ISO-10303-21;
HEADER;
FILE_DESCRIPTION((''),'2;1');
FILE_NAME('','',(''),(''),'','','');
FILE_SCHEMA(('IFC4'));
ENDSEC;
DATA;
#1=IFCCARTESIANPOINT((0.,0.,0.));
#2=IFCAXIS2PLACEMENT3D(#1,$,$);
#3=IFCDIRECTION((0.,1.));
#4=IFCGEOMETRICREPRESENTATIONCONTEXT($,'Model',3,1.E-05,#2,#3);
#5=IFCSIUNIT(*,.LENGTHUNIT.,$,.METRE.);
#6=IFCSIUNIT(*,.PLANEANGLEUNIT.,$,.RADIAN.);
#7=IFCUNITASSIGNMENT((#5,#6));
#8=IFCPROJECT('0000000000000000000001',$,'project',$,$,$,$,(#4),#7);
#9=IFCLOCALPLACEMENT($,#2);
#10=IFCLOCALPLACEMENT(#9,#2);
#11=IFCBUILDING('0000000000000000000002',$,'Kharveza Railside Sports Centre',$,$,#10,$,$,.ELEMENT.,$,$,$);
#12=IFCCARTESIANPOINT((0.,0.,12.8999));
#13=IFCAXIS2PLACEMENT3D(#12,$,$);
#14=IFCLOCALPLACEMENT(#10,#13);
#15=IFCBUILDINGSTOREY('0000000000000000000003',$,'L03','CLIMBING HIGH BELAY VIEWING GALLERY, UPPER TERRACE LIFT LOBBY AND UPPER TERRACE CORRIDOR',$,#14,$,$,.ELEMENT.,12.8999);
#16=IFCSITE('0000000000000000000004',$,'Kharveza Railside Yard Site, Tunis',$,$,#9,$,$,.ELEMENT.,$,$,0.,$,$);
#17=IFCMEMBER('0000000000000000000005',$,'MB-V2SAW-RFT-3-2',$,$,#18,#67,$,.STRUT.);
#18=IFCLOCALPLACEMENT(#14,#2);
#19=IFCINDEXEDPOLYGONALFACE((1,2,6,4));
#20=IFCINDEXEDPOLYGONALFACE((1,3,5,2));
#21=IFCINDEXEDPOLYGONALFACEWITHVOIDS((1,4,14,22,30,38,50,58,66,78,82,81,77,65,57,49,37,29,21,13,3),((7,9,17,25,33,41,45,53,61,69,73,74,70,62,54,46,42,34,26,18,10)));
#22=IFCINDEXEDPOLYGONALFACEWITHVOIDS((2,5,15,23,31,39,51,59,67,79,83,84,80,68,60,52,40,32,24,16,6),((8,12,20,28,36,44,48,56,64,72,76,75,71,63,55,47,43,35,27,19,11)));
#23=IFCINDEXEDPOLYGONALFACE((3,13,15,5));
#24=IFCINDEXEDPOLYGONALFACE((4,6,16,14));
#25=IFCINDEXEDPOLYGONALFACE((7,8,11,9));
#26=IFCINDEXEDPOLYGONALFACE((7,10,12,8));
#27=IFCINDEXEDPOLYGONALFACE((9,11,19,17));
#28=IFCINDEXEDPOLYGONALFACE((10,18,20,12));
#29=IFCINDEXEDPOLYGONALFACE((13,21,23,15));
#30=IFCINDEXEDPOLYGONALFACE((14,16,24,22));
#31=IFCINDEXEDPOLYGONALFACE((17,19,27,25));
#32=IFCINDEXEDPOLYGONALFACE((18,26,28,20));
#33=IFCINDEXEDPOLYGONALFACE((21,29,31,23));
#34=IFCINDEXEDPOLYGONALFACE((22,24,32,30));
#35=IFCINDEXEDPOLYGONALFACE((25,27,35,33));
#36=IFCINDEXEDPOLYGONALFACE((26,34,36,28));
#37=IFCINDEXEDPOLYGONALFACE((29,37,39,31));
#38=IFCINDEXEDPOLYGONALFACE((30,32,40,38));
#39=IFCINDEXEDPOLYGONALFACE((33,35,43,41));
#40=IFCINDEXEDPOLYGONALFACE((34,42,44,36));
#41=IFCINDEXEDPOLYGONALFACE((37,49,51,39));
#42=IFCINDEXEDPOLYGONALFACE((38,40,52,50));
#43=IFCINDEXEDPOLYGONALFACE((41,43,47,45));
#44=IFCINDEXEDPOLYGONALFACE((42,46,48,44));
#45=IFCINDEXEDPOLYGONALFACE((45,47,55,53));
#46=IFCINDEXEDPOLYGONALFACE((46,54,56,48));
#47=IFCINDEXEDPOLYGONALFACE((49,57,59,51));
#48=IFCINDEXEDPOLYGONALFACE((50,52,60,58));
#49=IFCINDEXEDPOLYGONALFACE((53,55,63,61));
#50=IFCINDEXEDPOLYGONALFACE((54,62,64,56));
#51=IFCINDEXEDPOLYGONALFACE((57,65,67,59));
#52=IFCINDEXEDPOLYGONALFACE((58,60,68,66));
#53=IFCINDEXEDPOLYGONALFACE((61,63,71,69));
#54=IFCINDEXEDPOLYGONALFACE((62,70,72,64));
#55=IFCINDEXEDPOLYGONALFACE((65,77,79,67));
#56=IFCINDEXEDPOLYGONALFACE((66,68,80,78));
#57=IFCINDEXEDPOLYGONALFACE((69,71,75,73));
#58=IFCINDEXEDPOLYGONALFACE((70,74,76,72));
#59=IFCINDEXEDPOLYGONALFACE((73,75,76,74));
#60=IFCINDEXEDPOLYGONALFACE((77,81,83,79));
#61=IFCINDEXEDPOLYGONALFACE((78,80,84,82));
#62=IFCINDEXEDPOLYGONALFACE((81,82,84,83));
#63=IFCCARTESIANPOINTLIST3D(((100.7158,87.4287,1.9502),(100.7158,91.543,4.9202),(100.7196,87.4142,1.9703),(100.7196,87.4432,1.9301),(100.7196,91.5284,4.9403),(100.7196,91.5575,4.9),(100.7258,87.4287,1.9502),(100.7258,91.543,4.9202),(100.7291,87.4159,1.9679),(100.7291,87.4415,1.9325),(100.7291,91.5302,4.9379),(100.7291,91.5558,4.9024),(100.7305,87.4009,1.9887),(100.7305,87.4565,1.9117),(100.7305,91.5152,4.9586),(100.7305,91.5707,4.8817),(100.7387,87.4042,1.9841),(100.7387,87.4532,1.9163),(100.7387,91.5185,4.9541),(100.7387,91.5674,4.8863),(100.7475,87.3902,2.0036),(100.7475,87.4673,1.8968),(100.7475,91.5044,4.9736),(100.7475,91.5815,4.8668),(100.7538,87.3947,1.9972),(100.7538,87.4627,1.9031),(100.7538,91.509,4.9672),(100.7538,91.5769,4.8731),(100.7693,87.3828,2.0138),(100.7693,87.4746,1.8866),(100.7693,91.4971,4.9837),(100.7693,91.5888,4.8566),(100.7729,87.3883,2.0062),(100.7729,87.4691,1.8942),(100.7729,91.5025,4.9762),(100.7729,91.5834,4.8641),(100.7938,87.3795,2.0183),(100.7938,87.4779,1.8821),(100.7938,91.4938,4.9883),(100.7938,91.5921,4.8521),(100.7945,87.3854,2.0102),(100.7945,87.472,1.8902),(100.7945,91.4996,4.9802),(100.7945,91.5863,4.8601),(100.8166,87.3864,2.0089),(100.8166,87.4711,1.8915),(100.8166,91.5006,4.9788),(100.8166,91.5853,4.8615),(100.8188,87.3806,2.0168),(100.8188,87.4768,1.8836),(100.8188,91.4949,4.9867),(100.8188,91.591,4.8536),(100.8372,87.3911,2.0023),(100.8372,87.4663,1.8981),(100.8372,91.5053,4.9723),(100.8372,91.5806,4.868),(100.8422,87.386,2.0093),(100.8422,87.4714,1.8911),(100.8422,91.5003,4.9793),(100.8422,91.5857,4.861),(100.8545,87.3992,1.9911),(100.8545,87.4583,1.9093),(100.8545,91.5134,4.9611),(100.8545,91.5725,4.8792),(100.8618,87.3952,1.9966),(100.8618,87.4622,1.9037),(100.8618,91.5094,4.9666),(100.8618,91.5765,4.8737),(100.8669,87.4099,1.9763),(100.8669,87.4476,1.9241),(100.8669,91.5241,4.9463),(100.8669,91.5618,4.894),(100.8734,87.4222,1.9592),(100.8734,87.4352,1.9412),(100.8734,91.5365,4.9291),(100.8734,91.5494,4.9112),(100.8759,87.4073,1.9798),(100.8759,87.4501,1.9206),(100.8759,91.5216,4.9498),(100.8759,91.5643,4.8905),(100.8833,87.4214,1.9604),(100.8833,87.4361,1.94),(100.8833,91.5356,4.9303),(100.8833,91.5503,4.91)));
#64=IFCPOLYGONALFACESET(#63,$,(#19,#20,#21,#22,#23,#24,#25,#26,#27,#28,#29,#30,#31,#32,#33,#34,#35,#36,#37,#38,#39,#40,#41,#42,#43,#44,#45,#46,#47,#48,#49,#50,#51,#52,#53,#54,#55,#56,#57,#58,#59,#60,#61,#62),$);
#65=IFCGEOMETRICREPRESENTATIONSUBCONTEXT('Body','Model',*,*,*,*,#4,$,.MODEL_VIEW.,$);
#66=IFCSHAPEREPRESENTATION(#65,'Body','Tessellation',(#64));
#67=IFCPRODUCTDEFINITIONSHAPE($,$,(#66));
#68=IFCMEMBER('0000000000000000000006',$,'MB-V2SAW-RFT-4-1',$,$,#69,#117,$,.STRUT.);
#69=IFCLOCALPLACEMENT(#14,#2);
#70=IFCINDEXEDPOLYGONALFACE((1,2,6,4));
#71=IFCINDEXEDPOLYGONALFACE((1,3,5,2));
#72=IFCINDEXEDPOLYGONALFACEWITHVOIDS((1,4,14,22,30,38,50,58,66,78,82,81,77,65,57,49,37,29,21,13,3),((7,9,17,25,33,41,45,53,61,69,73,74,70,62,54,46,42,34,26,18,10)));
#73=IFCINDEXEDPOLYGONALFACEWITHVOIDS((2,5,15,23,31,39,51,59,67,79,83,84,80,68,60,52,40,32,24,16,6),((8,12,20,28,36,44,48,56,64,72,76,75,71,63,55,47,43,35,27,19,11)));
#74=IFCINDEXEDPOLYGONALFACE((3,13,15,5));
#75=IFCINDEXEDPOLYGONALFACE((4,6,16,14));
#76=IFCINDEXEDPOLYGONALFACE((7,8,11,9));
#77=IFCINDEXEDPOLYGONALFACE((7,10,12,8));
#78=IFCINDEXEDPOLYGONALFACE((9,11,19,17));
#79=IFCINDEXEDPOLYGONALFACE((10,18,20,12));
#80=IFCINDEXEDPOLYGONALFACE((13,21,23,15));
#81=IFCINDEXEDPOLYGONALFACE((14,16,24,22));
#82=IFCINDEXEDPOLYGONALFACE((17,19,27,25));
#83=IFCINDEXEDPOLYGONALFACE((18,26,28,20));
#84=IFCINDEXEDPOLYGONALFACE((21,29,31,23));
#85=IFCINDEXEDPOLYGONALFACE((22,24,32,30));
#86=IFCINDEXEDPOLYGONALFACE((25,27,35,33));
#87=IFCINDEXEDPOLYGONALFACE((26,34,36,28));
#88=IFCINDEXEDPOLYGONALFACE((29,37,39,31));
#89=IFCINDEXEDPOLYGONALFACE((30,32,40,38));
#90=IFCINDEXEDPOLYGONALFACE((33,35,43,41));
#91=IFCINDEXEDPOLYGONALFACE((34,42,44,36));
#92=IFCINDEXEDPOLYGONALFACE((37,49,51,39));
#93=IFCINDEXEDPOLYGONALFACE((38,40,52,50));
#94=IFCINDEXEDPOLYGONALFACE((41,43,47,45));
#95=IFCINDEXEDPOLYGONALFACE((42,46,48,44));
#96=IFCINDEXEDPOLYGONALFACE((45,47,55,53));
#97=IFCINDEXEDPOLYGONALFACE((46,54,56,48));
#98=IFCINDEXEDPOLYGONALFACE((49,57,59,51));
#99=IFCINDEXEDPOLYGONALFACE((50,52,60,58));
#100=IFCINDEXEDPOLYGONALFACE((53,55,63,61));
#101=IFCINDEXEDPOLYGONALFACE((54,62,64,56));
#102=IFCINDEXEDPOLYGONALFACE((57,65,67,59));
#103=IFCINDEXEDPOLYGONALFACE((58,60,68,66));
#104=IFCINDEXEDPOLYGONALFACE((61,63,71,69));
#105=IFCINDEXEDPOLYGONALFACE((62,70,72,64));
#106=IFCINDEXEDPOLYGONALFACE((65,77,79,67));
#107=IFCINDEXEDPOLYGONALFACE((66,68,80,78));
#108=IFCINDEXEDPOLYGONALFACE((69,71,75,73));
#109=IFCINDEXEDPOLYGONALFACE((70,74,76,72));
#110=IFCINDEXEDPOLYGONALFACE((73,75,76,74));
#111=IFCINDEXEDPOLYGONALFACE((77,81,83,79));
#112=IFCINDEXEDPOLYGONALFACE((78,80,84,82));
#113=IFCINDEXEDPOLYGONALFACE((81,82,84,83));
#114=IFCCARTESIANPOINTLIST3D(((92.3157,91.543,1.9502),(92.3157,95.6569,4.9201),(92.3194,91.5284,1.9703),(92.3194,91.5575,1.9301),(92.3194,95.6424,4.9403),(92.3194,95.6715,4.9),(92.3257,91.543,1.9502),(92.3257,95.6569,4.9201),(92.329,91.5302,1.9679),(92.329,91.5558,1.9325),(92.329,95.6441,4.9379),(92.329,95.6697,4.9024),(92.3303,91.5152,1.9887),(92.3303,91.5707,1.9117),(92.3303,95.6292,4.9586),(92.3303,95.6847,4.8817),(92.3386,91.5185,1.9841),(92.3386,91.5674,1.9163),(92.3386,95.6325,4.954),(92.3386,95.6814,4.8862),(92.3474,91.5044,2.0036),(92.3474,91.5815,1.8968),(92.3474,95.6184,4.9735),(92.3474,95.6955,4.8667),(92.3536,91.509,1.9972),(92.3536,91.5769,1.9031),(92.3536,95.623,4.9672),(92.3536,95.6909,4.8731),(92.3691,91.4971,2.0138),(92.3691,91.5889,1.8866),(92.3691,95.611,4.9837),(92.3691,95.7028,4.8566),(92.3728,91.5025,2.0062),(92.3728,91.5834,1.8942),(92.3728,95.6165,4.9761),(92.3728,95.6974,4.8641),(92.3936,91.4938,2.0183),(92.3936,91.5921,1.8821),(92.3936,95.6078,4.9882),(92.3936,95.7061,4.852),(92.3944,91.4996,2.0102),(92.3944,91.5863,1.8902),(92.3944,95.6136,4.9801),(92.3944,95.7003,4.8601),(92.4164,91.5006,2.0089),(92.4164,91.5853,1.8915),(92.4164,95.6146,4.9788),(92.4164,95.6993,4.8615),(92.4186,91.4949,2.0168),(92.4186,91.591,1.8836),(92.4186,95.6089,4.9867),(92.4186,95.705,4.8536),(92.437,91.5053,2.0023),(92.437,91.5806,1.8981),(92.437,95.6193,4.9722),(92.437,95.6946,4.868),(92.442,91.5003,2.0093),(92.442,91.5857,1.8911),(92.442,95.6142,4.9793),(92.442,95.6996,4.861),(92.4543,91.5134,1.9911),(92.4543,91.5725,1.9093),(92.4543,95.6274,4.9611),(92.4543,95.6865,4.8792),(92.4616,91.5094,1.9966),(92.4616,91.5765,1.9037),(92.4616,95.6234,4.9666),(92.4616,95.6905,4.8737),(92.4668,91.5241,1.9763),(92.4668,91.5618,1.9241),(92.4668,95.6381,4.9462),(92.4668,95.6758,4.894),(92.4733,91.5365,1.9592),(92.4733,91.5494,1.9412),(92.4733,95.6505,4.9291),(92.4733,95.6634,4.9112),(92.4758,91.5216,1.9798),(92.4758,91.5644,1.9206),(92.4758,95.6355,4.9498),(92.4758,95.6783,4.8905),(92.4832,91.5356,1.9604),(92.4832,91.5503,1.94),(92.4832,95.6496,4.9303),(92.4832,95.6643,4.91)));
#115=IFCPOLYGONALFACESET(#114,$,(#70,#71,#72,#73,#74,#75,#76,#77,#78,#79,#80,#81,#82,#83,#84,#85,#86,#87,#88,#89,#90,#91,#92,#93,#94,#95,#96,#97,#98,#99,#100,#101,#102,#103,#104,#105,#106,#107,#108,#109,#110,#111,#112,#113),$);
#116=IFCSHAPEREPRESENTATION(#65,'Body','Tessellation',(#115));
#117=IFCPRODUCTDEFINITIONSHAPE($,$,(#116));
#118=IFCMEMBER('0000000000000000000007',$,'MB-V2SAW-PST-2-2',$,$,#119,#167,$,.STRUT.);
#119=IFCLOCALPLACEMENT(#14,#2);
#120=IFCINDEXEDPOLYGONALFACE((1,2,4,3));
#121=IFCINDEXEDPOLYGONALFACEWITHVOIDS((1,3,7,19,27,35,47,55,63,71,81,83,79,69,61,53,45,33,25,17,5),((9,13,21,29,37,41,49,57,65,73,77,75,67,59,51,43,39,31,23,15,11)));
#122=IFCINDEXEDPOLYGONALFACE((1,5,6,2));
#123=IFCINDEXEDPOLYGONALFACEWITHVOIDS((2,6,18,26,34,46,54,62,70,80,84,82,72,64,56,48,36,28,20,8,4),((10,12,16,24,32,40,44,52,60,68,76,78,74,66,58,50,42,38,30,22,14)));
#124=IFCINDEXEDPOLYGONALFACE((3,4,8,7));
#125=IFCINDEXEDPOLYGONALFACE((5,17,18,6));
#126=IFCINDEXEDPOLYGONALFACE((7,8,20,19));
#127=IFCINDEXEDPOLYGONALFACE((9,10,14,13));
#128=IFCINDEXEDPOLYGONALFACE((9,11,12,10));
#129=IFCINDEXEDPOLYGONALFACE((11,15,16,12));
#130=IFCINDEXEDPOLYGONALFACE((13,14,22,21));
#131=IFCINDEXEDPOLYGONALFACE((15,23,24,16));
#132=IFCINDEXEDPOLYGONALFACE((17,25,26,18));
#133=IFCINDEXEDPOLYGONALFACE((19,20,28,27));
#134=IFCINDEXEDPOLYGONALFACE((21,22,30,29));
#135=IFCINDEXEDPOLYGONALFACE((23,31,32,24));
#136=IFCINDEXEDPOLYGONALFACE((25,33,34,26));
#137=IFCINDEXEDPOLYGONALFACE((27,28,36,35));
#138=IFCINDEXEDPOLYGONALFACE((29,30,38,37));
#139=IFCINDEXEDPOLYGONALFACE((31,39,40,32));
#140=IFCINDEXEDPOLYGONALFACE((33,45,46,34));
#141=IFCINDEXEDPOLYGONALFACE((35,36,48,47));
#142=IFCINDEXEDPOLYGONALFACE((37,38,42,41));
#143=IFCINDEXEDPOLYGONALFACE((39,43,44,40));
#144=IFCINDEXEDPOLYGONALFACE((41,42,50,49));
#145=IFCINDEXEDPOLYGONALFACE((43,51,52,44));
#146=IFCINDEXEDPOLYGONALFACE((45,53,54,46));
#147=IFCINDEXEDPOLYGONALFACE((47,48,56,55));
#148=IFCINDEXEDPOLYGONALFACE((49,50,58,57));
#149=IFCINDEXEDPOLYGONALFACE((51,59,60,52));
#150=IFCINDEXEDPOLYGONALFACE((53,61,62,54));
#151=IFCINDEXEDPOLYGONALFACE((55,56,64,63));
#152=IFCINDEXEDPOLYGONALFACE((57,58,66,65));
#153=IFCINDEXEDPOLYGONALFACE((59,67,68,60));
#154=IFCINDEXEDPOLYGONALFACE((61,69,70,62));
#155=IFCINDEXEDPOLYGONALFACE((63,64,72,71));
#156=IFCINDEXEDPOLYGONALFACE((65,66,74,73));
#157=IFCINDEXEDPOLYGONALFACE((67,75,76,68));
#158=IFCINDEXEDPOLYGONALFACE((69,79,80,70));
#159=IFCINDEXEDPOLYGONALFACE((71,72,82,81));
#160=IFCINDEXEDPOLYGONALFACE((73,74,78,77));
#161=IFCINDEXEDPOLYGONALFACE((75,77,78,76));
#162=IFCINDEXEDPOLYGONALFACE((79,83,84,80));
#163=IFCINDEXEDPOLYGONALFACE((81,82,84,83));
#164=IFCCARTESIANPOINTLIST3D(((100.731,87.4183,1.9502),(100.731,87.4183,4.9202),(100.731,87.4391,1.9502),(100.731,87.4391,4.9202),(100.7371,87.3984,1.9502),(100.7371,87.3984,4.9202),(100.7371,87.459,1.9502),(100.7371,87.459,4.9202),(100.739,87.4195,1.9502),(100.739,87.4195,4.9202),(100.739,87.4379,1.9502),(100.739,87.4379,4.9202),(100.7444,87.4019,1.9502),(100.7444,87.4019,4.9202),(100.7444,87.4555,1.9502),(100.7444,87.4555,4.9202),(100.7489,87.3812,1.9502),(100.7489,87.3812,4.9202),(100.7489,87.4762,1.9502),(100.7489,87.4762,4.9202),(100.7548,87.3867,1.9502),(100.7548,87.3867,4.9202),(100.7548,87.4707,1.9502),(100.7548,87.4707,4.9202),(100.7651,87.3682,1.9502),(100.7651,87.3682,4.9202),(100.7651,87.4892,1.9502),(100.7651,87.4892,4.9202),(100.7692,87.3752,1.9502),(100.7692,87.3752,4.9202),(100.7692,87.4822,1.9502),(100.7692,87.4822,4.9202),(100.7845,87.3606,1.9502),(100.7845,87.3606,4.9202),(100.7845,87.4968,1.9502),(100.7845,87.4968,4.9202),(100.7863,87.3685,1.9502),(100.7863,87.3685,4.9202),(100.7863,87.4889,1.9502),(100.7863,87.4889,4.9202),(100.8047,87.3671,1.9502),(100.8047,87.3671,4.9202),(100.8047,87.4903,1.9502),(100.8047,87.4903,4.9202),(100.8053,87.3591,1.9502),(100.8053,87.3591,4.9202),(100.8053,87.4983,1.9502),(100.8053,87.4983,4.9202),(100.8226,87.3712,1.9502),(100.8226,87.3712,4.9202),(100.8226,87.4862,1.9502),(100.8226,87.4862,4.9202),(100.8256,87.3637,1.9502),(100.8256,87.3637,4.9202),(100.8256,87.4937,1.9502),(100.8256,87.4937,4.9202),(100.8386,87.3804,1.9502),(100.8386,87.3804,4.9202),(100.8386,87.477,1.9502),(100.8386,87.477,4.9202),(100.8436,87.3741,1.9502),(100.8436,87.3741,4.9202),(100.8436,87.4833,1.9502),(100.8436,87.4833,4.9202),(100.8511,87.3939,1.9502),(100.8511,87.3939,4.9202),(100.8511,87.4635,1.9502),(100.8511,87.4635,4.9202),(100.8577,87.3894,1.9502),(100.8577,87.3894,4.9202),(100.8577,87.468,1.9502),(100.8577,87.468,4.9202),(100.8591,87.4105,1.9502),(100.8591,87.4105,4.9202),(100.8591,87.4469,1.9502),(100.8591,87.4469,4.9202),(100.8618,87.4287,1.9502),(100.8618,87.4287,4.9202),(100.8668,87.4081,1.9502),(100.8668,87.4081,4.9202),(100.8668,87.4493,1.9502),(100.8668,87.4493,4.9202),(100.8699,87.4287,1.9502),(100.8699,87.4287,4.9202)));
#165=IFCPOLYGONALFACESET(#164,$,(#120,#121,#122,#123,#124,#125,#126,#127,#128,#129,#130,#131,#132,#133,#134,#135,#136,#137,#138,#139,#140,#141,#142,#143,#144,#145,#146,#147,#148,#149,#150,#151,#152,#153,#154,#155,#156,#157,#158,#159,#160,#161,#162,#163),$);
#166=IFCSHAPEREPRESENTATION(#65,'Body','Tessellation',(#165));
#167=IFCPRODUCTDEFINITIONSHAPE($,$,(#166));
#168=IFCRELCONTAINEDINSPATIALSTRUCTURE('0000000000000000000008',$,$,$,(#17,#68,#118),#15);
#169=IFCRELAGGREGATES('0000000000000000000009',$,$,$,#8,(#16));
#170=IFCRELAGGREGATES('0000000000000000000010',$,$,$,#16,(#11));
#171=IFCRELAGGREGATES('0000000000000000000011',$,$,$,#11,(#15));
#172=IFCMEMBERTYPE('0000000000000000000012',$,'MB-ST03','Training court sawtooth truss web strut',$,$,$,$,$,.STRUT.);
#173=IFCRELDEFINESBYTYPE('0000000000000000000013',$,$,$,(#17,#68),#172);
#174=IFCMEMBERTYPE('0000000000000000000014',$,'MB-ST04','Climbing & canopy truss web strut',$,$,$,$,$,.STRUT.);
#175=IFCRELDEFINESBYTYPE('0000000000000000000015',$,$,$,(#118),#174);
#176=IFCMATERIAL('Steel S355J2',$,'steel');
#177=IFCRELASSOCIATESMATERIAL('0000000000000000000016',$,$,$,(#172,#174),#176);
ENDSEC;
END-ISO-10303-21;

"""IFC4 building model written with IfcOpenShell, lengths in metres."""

from ifc_helpers import new_model, si_unit, direction, frame, origin, origin_2d, place, context, subcontext, project, spatial, hollow_circle, extrude, material, material_profile, profile_set, type_object, element, save


model = new_model("IFC4")

# Units and contexts
model_context = context("Model", 3, precision=1e-05, world=origin(), true_north=direction((0.0, 1.0)))
body_context = subcontext(model_context, "Body", "Model", "MODEL_VIEW")
ifc_project = project(units=[si_unit("LENGTHUNIT", "METRE"), si_unit("PLANEANGLEUNIT", "RADIAN")], contexts=[model_context])

# Site, building, storey
site_placement = place(None, origin())
site = spatial("IfcSite", under=ifc_project, at=site_placement, Name="Kharveza Railside Yard Site, Tunis", CompositionType="ELEMENT", RefElevation=0.0)
building_placement = place(site_placement, origin())
building = spatial("IfcBuilding", under=site, at=building_placement, Name="Kharveza Railside Sports Centre", CompositionType="ELEMENT")
storey_placement = place(building_placement, frame((0.0, 0.0, 12.8999)))
storey = spatial("IfcBuildingStorey", under=building, at=storey_placement, Name="L03", Description="CLIMBING HIGH BELAY VIEWING GALLERY, UPPER TERRACE LIFT LOBBY AND UPPER TERRACE CORRIDOR", CompositionType="ELEMENT", Elevation=12.8999)

# Shared definitions
ifc_material_1 = material(Name="Steel S355J2", Category="steel")

# Members
ifc_material_profile_1 = material_profile(ifc_material_1, hollow_circle(Radius=0.0842, WallThickness=0.01, at=origin_2d()), Name="CHS 168.3x10.0")
ifc_profile_set_1 = profile_set([ifc_material_profile_1], Name="Steel S355J2")
member_type_1 = type_object("IfcMemberType", Name="MB-ST03", Description="Training court sawtooth truss web strut", PredefinedType="STRUT", material=ifc_profile_set_1)
member_1_placement = place(storey_placement, frame((100.8, 87.4287, 1.9502), z_axis=(0.0, 0.810814, 0.585304), x_axis=(-1.0, 0.0, 0.0)))
element("IfcMember", 1, at=member_1_placement, inside=storey, type_object=member_type_1, Name="MB-V2SAW-RFT-3-2", PredefinedType="STRUT", context=body_context, shape_type="SweptSolid", body=[
    extrude(hollow_circle(Radius=0.0842, WallThickness=0.01, at=origin_2d()), origin(), (0.0, 0.0, 1.0), 5.0742),
])
member_2_placement = place(storey_placement, frame((92.3999, 91.543, 1.9502), z_axis=(0.0, 0.810797, 0.585327), x_axis=(-1.0, 0.0, 0.0)))
element("IfcMember", 2, at=member_2_placement, inside=storey, type_object=member_type_1, Name="MB-V2SAW-RFT-4-1", PredefinedType="STRUT", context=body_context, shape_type="SweptSolid", body=[
    extrude(hollow_circle(Radius=0.0842, WallThickness=0.01, at=origin_2d()), origin(), (0.0, 0.0, 1.0), 5.074),
])
ifc_material_profile_2 = material_profile(ifc_material_1, hollow_circle(Radius=0.0698, WallThickness=0.0081, at=origin_2d()), Name="CHS 139.7x8.0")
ifc_profile_set_2 = profile_set([ifc_material_profile_2], Name="Steel S355J2")
member_type_2 = type_object("IfcMemberType", Name="MB-ST04", Description="Climbing & canopy truss web strut", PredefinedType="STRUT", material=ifc_profile_set_2)
for number, where, z_axis, x_axis, name in (
    (3, (100.8, 87.4287, 1.9502), (0.0, 0.0, 1.0), (1.0, 0.0, 0.0), "MB-V2SAW-PST-2-2"),
):
    element("IfcMember", number, at=place(storey_placement, frame(where, z_axis=z_axis, x_axis=x_axis)), inside=storey, type_object=member_type_2, Name=name, PredefinedType="STRUT", context=body_context, shape_type="SweptSolid", body=[
        extrude(hollow_circle(Radius=0.0698, WallThickness=0.0081, at=origin_2d()), origin(), (0.0, 0.0, 1.0), 2.97),
    ])

save(model, "model.ifc")
